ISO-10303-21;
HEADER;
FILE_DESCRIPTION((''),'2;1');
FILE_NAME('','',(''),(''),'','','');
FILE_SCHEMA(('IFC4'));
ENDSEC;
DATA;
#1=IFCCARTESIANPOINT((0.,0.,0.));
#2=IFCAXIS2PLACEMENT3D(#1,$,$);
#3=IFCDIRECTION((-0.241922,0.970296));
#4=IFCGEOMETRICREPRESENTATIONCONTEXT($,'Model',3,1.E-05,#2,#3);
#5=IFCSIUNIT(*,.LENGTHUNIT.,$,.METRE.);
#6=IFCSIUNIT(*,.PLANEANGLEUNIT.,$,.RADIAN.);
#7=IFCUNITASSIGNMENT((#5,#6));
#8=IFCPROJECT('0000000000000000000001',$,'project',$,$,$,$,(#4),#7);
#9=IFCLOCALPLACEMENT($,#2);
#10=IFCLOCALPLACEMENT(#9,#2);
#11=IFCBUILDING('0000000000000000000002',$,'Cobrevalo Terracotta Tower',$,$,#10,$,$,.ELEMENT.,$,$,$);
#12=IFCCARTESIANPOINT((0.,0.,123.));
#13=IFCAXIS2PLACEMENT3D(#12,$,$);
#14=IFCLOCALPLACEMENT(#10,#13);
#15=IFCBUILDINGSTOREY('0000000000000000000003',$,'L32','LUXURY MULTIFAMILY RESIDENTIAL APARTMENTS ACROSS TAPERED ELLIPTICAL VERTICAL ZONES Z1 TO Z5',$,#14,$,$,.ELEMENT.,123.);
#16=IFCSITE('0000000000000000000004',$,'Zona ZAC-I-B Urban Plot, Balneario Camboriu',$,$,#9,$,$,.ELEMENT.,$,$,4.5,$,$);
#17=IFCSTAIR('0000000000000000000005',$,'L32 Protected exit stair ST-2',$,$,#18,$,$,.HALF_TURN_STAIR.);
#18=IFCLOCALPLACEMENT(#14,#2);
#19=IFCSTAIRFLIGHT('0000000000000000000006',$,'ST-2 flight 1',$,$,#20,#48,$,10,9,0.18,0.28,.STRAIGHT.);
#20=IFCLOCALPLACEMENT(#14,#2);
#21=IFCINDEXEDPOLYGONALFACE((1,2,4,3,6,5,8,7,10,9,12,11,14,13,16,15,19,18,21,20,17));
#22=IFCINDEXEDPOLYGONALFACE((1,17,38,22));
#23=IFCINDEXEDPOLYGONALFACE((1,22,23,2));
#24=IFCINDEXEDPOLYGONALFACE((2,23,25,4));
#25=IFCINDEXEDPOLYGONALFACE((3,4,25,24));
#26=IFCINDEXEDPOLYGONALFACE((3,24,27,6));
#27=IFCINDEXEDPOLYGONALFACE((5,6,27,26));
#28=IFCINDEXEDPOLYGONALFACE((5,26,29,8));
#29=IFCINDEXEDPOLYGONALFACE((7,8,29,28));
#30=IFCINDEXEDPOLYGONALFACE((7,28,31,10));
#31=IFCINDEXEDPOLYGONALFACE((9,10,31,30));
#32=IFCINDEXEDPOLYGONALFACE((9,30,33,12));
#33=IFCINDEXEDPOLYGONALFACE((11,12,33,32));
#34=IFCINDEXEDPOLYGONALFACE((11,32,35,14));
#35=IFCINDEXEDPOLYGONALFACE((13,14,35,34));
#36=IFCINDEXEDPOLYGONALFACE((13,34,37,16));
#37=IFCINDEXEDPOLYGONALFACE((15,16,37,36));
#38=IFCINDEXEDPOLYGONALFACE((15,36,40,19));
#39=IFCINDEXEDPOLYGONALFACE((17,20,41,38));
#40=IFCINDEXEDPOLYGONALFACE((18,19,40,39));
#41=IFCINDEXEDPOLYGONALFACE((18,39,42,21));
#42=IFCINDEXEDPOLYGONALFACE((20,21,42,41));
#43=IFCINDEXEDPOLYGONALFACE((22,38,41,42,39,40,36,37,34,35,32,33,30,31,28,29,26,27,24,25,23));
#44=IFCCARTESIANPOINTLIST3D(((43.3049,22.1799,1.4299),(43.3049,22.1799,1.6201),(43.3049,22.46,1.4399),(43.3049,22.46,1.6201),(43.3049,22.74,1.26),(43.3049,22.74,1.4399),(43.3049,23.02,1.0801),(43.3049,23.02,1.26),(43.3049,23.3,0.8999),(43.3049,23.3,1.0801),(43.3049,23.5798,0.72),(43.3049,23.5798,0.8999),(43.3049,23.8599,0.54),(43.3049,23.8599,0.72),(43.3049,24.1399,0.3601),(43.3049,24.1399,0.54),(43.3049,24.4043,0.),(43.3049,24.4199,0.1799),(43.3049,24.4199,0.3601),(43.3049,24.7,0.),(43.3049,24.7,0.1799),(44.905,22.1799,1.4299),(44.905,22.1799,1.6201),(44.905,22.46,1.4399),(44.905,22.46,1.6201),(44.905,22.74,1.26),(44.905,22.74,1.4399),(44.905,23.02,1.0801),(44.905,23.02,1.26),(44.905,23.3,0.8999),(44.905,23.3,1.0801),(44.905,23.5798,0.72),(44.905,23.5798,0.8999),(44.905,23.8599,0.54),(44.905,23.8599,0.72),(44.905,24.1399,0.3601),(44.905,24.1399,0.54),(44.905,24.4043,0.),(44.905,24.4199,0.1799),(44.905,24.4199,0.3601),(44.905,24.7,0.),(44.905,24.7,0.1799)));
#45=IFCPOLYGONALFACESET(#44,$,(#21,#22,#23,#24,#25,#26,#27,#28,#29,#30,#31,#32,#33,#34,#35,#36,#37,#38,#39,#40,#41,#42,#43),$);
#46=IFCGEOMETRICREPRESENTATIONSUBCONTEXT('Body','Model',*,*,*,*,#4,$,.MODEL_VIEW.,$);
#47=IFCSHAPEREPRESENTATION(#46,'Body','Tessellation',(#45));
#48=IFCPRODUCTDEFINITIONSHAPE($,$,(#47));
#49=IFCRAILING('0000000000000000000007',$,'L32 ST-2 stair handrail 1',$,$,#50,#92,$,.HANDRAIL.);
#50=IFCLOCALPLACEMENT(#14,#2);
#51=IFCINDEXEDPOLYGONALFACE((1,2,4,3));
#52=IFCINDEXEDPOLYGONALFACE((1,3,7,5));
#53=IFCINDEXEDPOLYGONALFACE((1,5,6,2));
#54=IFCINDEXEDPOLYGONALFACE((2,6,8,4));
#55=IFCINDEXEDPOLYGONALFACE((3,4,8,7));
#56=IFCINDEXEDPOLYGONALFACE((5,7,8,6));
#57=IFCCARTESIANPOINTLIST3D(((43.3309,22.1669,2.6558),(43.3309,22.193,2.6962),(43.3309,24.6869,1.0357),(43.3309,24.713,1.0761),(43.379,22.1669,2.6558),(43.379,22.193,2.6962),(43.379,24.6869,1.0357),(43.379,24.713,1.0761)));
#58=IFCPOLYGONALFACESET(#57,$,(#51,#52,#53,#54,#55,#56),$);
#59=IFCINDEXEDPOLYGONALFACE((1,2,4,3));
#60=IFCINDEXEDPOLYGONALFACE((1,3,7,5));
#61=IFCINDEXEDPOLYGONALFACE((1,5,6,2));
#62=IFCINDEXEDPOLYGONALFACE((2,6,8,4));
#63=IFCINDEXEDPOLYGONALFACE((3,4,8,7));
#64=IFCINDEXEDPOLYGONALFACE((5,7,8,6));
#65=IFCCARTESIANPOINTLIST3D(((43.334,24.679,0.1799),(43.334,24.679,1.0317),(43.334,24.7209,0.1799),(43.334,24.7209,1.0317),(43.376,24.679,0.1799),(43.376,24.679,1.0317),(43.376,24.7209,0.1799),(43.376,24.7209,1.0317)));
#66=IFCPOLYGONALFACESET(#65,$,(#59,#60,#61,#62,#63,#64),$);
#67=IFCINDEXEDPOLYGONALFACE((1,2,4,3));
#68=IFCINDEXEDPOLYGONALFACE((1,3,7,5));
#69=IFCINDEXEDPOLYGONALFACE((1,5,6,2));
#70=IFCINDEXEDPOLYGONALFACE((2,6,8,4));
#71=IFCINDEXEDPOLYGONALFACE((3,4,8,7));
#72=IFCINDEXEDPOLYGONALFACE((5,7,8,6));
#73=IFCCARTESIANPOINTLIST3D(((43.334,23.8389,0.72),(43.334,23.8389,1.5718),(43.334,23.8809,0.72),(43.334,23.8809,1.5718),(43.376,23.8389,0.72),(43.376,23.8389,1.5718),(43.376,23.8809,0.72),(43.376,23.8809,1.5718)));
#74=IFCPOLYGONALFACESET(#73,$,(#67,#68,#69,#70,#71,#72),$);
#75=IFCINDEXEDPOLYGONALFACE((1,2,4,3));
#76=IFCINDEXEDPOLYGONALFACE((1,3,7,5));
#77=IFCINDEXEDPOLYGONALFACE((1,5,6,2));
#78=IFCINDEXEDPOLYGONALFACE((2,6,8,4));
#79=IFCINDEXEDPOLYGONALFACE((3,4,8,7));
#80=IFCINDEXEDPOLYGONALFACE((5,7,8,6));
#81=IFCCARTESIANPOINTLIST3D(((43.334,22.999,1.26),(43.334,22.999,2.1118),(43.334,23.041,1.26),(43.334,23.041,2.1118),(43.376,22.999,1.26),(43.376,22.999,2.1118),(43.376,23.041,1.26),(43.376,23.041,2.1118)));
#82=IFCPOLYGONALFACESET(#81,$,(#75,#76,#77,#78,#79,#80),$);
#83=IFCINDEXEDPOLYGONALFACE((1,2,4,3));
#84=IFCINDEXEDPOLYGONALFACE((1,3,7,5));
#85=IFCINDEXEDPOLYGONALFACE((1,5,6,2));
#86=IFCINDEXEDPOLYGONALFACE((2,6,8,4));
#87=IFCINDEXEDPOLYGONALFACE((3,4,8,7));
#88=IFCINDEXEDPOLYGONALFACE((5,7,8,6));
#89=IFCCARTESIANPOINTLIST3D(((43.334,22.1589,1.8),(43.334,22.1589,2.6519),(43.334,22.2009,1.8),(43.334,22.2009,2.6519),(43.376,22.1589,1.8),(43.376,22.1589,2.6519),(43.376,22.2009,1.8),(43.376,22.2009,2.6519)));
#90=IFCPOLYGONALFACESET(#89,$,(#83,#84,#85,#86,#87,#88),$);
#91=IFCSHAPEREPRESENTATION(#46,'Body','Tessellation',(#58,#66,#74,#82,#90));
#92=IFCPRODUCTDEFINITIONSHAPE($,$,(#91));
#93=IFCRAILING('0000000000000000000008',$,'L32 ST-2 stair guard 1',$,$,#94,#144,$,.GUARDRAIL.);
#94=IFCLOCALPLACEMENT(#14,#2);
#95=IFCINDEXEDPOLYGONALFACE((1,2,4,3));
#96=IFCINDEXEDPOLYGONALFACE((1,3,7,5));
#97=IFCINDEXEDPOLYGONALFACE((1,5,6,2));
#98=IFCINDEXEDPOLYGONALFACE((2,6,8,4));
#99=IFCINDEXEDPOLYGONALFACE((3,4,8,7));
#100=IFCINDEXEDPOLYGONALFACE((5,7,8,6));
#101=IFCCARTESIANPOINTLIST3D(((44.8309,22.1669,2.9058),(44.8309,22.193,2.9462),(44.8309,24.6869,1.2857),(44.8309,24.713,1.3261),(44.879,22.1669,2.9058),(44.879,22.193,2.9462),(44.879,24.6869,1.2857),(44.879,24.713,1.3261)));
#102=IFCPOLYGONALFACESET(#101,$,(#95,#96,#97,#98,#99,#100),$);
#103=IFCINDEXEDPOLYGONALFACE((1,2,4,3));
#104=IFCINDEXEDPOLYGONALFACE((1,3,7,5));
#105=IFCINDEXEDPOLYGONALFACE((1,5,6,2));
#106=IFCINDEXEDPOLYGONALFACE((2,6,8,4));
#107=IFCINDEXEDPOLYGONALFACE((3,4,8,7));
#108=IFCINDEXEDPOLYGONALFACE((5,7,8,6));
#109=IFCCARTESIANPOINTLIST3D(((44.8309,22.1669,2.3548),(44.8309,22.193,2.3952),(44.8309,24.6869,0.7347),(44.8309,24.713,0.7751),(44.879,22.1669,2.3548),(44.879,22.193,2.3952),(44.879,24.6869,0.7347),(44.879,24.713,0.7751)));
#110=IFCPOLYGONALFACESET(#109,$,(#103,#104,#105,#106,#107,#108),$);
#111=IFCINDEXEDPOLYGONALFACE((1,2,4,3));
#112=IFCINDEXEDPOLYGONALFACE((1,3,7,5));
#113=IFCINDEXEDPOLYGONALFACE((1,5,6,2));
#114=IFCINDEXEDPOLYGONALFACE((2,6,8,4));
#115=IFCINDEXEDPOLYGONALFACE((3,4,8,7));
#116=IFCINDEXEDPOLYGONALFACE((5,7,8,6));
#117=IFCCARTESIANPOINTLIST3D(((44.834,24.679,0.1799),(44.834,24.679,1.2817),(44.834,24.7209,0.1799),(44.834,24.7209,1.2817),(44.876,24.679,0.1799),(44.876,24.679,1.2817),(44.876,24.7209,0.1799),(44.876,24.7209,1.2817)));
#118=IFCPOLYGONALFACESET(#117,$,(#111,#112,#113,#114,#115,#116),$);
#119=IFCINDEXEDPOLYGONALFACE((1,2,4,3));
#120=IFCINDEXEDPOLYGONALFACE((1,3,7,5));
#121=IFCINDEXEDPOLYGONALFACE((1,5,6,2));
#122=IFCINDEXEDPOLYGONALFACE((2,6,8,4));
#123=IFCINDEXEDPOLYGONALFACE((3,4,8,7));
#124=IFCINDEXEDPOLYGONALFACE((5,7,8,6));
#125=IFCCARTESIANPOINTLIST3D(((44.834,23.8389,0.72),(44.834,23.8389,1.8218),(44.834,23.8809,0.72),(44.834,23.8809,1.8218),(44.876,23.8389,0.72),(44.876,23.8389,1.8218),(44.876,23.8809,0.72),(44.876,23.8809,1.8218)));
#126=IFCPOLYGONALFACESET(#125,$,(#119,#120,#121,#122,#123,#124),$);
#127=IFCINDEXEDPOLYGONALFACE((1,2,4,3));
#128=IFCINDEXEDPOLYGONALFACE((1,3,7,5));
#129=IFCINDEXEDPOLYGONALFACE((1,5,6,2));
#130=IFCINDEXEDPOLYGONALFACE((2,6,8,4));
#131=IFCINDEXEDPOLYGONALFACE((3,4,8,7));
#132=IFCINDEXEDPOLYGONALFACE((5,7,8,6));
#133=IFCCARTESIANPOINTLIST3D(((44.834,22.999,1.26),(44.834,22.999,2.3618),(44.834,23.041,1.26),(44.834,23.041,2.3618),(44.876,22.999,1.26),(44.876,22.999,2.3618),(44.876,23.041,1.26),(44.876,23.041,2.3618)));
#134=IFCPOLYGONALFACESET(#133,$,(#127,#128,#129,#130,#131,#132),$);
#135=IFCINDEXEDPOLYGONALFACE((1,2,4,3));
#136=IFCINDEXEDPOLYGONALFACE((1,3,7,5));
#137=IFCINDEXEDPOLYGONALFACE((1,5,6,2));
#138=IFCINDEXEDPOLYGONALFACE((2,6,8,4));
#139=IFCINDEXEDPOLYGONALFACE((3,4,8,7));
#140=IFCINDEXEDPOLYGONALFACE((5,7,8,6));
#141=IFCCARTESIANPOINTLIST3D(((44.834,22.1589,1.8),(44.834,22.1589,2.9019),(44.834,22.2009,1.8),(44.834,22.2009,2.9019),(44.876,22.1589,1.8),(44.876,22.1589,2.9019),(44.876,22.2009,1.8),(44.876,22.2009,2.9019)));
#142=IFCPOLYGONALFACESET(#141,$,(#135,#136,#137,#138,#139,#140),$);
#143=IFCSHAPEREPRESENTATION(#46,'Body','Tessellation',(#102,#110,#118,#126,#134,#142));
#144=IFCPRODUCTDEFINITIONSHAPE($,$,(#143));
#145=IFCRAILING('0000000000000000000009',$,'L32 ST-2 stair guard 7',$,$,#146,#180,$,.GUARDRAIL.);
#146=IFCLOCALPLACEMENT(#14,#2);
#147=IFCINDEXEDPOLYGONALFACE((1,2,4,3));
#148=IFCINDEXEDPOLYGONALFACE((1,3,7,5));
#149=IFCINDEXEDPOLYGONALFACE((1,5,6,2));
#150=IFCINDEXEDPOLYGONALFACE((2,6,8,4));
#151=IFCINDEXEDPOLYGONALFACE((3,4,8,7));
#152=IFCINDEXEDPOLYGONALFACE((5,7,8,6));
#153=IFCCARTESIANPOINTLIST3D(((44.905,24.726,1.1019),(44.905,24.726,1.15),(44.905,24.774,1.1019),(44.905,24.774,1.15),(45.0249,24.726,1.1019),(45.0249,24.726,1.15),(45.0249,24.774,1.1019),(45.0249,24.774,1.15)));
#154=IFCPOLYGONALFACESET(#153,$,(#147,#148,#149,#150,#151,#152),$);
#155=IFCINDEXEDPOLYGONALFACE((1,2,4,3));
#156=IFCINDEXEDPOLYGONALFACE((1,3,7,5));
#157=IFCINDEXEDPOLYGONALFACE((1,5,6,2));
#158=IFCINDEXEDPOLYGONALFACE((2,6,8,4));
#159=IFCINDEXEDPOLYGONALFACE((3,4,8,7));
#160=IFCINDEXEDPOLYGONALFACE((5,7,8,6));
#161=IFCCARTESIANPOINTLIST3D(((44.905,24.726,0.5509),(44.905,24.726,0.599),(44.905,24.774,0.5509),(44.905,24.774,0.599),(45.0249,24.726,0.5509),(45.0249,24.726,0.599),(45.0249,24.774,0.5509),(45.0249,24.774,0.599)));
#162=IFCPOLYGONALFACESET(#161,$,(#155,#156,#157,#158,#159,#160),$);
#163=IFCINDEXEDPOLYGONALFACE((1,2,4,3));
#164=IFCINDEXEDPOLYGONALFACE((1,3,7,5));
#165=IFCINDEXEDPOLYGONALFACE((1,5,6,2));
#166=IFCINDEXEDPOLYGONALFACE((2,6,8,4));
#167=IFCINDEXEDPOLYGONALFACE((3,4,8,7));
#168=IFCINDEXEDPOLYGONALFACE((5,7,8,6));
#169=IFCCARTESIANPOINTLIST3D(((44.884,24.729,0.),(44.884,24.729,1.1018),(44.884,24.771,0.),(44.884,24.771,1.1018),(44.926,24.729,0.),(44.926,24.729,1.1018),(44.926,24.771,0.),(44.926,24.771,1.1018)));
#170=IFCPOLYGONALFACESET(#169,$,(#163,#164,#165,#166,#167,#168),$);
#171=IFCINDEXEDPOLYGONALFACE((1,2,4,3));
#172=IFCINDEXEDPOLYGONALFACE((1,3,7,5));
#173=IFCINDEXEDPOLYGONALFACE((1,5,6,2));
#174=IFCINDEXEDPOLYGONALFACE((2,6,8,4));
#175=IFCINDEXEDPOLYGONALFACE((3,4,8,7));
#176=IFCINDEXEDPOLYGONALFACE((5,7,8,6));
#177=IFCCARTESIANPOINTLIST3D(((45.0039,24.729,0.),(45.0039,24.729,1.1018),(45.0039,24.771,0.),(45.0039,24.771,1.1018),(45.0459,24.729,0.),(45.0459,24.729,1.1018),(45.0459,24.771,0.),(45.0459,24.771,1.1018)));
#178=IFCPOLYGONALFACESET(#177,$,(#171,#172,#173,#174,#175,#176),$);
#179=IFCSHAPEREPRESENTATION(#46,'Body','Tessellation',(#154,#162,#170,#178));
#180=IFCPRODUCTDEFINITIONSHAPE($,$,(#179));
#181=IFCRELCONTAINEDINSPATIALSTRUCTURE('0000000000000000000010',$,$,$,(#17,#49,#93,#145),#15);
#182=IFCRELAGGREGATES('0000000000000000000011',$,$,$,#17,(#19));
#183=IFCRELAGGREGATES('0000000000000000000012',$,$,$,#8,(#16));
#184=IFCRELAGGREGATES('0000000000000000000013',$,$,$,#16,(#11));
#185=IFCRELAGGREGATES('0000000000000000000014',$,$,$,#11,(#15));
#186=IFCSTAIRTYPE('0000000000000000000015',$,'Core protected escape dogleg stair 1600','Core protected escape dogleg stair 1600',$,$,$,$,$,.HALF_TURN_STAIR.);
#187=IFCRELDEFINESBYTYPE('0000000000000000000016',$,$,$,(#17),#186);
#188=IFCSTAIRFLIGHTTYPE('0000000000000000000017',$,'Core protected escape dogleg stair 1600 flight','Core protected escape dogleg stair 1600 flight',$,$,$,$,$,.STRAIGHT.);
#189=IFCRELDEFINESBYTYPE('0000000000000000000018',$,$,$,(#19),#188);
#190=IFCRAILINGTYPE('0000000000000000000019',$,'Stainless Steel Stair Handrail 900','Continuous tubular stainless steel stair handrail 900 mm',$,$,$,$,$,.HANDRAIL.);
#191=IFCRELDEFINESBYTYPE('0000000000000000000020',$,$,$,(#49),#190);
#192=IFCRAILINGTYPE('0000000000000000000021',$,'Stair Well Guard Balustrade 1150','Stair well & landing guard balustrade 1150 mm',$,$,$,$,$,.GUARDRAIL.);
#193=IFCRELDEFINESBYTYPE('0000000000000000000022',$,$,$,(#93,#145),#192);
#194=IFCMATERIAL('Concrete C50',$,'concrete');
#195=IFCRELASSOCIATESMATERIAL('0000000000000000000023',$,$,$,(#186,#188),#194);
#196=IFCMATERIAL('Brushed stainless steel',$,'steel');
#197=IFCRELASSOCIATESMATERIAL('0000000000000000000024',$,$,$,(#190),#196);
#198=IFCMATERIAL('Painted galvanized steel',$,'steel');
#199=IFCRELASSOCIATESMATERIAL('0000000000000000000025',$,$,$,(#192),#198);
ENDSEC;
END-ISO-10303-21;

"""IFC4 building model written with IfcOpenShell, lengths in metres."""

from ifc_helpers import new_model, si_unit, direction, frame, origin, origin_2d, place, context, subcontext, project, spatial, polyline, rectangle, outline, extrude, material, type_object, element, aggregate, save


model = new_model("IFC4")

# Units and contexts
model_context = context("Model", 3, precision=1e-05, world=origin(), true_north=direction((-0.241922, 0.970296)))
body_context = subcontext(model_context, "Body", "Model", "MODEL_VIEW")
ifc_project = project(units=[si_unit("LENGTHUNIT", "METRE"), si_unit("PLANEANGLEUNIT", "RADIAN")], contexts=[model_context])

# Site, building, storey
site_placement = place(None, origin())
site = spatial("IfcSite", under=ifc_project, at=site_placement, Name="Zona ZAC-I-B Urban Plot, Balneario Camboriu", CompositionType="ELEMENT", RefElevation=4.5)
building_placement = place(site_placement, origin())
building = spatial("IfcBuilding", under=site, at=building_placement, Name="Cobrevalo Terracotta Tower", CompositionType="ELEMENT")
storey_placement = place(building_placement, frame((0.0, 0.0, 123.0)))
storey = spatial("IfcBuildingStorey", under=building, at=storey_placement, Name="L32", Description="LUXURY MULTIFAMILY RESIDENTIAL APARTMENTS ACROSS TAPERED ELLIPTICAL VERTICAL ZONES Z1 TO Z5", CompositionType="ELEMENT", Elevation=123.0)

# Shared definitions
ifc_material_1 = material(Name="Brushed stainless steel", Category="steel")

# Shared definitions
ifc_material_2 = material(Name="Concrete C50", Category="concrete")

# Stair, stair flight
stair_type = type_object("IfcStairType", Name="Core protected escape dogleg stair 1600", Description="Core protected escape dogleg stair 1600", PredefinedType="HALF_TURN_STAIR", material=ifc_material_2)
stair_placement = place(storey_placement, origin())
stair = element("IfcStair", 1, at=stair_placement, inside=storey, type_object=stair_type, Name="L32 Protected exit stair ST-2", PredefinedType="HALF_TURN_STAIR")
stair_flight_type = type_object("IfcStairFlightType", Name="Core protected escape dogleg stair 1600 flight", Description="Core protected escape dogleg stair 1600 flight", PredefinedType="STRAIGHT", material=ifc_material_2)
stair_flight_placement = place(storey_placement, frame((44.105, 24.7, 0.0), z_axis=(0.0, 0.0, 1.0), x_axis=(0.0, -1.0, 0.0)))
stair_flight = element("IfcStairFlight", 2, at=stair_flight_placement, type_object=stair_flight_type, Name="ST-2 flight 1", NumberOfRisers=10, NumberOfTreads=9, PredefinedType="STRAIGHT", RiserHeight=0.18, TreadLength=0.28, context=body_context, shape_type="SweptSolid", body=[
    extrude(outline(polyline([(0.0, 0.0), (0.0, 0.1799), (0.28, 0.1799), (0.28, 0.3601), (0.5601, 0.3601), (0.5601, 0.54), (0.8401, 0.54), (0.8401, 0.72), (1.1201, 0.72), (1.1201, 0.8999), (1.3999, 0.8999), (1.3999, 1.0801), (1.6799, 1.0801), (1.6799, 1.26), (1.96, 1.26), (1.96, 1.4399), (2.24, 1.4399), (2.24, 1.6201), (2.52, 1.6201), (2.52, 1.8), (2.52, 1.4299), (0.2957, 0.0), (0.0, 0.0)])), frame((0.0, 0.8, 0.0), z_axis=(0.0, -1.0, 0.0), x_axis=(1.0, 0.0, 0.0)), (0.0, 0.0, 1.0), 1.6001),
])
aggregate(stair, [stair_flight])

# Railings
railing_type_1 = type_object("IfcRailingType", Name="Stainless Steel Stair Handrail 900", Description="Continuous tubular stainless steel stair handrail 900 mm", PredefinedType="HANDRAIL", material=ifc_material_1)
railing_1_placement = place(storey_placement, frame((43.355, 24.7, 0.1799)))
element("IfcRailing", 3, at=railing_1_placement, inside=storey, type_object=railing_type_1, Name="L32 ST-2 stair handrail 1", PredefinedType="HANDRAIL", context=body_context, shape_type="SweptSolid", body=[
    extrude(rectangle(XDim=0.0481, YDim=0.0481, at=origin_2d()), frame((0.0, 0.0, 0.876), z_axis=(0.0, -0.841163, 0.540782), x_axis=(1.0, 0.0, 0.0)), (0.0, 0.0, 1.0), 2.9958),
    extrude(rectangle(XDim=0.042, YDim=0.042, at=origin_2d()), origin(), (0.0, 0.0, 1.0), 0.8518),
    extrude(rectangle(XDim=0.042, YDim=0.042, at=origin_2d()), frame((0.0, -0.8401, 0.54)), (0.0, 0.0, 1.0), 0.8518),
    extrude(rectangle(XDim=0.042, YDim=0.042, at=origin_2d()), frame((0.0, -1.6799, 1.0801)), (0.0, 0.0, 1.0), 0.8518),
    extrude(rectangle(XDim=0.042, YDim=0.042, at=origin_2d()), frame((0.0, -2.52, 1.6201)), (0.0, 0.0, 1.0), 0.8518),
])
ifc_material_3 = material(Name="Painted galvanized steel", Category="steel")
railing_type_2 = type_object("IfcRailingType", Name="Stair Well Guard Balustrade 1150", Description="Stair well & landing guard balustrade 1150 mm", PredefinedType="GUARDRAIL", material=ifc_material_3)
railing_2_placement = place(storey_placement, frame((44.855, 24.7, 0.1799)))
element("IfcRailing", 4, at=railing_2_placement, inside=storey, type_object=railing_type_2, Name="L32 ST-2 stair guard 1", PredefinedType="GUARDRAIL", context=body_context, shape_type="SweptSolid", body=[
    extrude(rectangle(XDim=0.0481, YDim=0.0481, at=origin_2d()), frame((0.0, 0.0, 1.126), z_axis=(0.0, -0.841163, 0.540782), x_axis=(1.0, 0.0, 0.0)), (0.0, 0.0, 1.0), 2.9958),
    extrude(rectangle(XDim=0.0481, YDim=0.0481, at=origin_2d()), frame((0.0, 0.0, 0.575), z_axis=(0.0, -0.841163, 0.540782), x_axis=(1.0, 0.0, 0.0)), (0.0, 0.0, 1.0), 2.9958),
    extrude(rectangle(XDim=0.042, YDim=0.042, at=origin_2d()), origin(), (0.0, 0.0, 1.0), 1.1018),
    extrude(rectangle(XDim=0.042, YDim=0.042, at=origin_2d()), frame((0.0, -0.8401, 0.54)), (0.0, 0.0, 1.0), 1.1018),
    extrude(rectangle(XDim=0.042, YDim=0.042, at=origin_2d()), frame((0.0, -1.6799, 1.0801)), (0.0, 0.0, 1.0), 1.1018),
    extrude(rectangle(XDim=0.042, YDim=0.042, at=origin_2d()), frame((0.0, -2.52, 1.6201)), (0.0, 0.0, 1.0), 1.1018),
])
railing_3_placement = place(storey_placement, frame((44.905, 24.75, 0.0)))
element("IfcRailing", 5, at=railing_3_placement, inside=storey, type_object=railing_type_2, Name="L32 ST-2 stair guard 7", PredefinedType="GUARDRAIL", context=body_context, shape_type="SweptSolid", body=[
    extrude(rectangle(XDim=0.0481, YDim=0.0481, at=origin_2d()), frame((0.0, 0.0, 1.126), z_axis=(1.0, 0.0, 0.0), x_axis=(0.0, 1.0, 0.0)), (0.0, 0.0, 1.0), 0.1199),
    extrude(rectangle(XDim=0.0481, YDim=0.0481, at=origin_2d()), frame((0.0, 0.0, 0.575), z_axis=(1.0, 0.0, 0.0), x_axis=(0.0, 1.0, 0.0)), (0.0, 0.0, 1.0), 0.1199),
    extrude(rectangle(XDim=0.042, YDim=0.042, at=origin_2d()), origin(), (0.0, 0.0, 1.0), 1.1018),
    extrude(rectangle(XDim=0.042, YDim=0.042, at=origin_2d()), frame((0.1199, 0.0, 0.0)), (0.0, 0.0, 1.0), 1.1018),
])

save(model, "model.ifc")
